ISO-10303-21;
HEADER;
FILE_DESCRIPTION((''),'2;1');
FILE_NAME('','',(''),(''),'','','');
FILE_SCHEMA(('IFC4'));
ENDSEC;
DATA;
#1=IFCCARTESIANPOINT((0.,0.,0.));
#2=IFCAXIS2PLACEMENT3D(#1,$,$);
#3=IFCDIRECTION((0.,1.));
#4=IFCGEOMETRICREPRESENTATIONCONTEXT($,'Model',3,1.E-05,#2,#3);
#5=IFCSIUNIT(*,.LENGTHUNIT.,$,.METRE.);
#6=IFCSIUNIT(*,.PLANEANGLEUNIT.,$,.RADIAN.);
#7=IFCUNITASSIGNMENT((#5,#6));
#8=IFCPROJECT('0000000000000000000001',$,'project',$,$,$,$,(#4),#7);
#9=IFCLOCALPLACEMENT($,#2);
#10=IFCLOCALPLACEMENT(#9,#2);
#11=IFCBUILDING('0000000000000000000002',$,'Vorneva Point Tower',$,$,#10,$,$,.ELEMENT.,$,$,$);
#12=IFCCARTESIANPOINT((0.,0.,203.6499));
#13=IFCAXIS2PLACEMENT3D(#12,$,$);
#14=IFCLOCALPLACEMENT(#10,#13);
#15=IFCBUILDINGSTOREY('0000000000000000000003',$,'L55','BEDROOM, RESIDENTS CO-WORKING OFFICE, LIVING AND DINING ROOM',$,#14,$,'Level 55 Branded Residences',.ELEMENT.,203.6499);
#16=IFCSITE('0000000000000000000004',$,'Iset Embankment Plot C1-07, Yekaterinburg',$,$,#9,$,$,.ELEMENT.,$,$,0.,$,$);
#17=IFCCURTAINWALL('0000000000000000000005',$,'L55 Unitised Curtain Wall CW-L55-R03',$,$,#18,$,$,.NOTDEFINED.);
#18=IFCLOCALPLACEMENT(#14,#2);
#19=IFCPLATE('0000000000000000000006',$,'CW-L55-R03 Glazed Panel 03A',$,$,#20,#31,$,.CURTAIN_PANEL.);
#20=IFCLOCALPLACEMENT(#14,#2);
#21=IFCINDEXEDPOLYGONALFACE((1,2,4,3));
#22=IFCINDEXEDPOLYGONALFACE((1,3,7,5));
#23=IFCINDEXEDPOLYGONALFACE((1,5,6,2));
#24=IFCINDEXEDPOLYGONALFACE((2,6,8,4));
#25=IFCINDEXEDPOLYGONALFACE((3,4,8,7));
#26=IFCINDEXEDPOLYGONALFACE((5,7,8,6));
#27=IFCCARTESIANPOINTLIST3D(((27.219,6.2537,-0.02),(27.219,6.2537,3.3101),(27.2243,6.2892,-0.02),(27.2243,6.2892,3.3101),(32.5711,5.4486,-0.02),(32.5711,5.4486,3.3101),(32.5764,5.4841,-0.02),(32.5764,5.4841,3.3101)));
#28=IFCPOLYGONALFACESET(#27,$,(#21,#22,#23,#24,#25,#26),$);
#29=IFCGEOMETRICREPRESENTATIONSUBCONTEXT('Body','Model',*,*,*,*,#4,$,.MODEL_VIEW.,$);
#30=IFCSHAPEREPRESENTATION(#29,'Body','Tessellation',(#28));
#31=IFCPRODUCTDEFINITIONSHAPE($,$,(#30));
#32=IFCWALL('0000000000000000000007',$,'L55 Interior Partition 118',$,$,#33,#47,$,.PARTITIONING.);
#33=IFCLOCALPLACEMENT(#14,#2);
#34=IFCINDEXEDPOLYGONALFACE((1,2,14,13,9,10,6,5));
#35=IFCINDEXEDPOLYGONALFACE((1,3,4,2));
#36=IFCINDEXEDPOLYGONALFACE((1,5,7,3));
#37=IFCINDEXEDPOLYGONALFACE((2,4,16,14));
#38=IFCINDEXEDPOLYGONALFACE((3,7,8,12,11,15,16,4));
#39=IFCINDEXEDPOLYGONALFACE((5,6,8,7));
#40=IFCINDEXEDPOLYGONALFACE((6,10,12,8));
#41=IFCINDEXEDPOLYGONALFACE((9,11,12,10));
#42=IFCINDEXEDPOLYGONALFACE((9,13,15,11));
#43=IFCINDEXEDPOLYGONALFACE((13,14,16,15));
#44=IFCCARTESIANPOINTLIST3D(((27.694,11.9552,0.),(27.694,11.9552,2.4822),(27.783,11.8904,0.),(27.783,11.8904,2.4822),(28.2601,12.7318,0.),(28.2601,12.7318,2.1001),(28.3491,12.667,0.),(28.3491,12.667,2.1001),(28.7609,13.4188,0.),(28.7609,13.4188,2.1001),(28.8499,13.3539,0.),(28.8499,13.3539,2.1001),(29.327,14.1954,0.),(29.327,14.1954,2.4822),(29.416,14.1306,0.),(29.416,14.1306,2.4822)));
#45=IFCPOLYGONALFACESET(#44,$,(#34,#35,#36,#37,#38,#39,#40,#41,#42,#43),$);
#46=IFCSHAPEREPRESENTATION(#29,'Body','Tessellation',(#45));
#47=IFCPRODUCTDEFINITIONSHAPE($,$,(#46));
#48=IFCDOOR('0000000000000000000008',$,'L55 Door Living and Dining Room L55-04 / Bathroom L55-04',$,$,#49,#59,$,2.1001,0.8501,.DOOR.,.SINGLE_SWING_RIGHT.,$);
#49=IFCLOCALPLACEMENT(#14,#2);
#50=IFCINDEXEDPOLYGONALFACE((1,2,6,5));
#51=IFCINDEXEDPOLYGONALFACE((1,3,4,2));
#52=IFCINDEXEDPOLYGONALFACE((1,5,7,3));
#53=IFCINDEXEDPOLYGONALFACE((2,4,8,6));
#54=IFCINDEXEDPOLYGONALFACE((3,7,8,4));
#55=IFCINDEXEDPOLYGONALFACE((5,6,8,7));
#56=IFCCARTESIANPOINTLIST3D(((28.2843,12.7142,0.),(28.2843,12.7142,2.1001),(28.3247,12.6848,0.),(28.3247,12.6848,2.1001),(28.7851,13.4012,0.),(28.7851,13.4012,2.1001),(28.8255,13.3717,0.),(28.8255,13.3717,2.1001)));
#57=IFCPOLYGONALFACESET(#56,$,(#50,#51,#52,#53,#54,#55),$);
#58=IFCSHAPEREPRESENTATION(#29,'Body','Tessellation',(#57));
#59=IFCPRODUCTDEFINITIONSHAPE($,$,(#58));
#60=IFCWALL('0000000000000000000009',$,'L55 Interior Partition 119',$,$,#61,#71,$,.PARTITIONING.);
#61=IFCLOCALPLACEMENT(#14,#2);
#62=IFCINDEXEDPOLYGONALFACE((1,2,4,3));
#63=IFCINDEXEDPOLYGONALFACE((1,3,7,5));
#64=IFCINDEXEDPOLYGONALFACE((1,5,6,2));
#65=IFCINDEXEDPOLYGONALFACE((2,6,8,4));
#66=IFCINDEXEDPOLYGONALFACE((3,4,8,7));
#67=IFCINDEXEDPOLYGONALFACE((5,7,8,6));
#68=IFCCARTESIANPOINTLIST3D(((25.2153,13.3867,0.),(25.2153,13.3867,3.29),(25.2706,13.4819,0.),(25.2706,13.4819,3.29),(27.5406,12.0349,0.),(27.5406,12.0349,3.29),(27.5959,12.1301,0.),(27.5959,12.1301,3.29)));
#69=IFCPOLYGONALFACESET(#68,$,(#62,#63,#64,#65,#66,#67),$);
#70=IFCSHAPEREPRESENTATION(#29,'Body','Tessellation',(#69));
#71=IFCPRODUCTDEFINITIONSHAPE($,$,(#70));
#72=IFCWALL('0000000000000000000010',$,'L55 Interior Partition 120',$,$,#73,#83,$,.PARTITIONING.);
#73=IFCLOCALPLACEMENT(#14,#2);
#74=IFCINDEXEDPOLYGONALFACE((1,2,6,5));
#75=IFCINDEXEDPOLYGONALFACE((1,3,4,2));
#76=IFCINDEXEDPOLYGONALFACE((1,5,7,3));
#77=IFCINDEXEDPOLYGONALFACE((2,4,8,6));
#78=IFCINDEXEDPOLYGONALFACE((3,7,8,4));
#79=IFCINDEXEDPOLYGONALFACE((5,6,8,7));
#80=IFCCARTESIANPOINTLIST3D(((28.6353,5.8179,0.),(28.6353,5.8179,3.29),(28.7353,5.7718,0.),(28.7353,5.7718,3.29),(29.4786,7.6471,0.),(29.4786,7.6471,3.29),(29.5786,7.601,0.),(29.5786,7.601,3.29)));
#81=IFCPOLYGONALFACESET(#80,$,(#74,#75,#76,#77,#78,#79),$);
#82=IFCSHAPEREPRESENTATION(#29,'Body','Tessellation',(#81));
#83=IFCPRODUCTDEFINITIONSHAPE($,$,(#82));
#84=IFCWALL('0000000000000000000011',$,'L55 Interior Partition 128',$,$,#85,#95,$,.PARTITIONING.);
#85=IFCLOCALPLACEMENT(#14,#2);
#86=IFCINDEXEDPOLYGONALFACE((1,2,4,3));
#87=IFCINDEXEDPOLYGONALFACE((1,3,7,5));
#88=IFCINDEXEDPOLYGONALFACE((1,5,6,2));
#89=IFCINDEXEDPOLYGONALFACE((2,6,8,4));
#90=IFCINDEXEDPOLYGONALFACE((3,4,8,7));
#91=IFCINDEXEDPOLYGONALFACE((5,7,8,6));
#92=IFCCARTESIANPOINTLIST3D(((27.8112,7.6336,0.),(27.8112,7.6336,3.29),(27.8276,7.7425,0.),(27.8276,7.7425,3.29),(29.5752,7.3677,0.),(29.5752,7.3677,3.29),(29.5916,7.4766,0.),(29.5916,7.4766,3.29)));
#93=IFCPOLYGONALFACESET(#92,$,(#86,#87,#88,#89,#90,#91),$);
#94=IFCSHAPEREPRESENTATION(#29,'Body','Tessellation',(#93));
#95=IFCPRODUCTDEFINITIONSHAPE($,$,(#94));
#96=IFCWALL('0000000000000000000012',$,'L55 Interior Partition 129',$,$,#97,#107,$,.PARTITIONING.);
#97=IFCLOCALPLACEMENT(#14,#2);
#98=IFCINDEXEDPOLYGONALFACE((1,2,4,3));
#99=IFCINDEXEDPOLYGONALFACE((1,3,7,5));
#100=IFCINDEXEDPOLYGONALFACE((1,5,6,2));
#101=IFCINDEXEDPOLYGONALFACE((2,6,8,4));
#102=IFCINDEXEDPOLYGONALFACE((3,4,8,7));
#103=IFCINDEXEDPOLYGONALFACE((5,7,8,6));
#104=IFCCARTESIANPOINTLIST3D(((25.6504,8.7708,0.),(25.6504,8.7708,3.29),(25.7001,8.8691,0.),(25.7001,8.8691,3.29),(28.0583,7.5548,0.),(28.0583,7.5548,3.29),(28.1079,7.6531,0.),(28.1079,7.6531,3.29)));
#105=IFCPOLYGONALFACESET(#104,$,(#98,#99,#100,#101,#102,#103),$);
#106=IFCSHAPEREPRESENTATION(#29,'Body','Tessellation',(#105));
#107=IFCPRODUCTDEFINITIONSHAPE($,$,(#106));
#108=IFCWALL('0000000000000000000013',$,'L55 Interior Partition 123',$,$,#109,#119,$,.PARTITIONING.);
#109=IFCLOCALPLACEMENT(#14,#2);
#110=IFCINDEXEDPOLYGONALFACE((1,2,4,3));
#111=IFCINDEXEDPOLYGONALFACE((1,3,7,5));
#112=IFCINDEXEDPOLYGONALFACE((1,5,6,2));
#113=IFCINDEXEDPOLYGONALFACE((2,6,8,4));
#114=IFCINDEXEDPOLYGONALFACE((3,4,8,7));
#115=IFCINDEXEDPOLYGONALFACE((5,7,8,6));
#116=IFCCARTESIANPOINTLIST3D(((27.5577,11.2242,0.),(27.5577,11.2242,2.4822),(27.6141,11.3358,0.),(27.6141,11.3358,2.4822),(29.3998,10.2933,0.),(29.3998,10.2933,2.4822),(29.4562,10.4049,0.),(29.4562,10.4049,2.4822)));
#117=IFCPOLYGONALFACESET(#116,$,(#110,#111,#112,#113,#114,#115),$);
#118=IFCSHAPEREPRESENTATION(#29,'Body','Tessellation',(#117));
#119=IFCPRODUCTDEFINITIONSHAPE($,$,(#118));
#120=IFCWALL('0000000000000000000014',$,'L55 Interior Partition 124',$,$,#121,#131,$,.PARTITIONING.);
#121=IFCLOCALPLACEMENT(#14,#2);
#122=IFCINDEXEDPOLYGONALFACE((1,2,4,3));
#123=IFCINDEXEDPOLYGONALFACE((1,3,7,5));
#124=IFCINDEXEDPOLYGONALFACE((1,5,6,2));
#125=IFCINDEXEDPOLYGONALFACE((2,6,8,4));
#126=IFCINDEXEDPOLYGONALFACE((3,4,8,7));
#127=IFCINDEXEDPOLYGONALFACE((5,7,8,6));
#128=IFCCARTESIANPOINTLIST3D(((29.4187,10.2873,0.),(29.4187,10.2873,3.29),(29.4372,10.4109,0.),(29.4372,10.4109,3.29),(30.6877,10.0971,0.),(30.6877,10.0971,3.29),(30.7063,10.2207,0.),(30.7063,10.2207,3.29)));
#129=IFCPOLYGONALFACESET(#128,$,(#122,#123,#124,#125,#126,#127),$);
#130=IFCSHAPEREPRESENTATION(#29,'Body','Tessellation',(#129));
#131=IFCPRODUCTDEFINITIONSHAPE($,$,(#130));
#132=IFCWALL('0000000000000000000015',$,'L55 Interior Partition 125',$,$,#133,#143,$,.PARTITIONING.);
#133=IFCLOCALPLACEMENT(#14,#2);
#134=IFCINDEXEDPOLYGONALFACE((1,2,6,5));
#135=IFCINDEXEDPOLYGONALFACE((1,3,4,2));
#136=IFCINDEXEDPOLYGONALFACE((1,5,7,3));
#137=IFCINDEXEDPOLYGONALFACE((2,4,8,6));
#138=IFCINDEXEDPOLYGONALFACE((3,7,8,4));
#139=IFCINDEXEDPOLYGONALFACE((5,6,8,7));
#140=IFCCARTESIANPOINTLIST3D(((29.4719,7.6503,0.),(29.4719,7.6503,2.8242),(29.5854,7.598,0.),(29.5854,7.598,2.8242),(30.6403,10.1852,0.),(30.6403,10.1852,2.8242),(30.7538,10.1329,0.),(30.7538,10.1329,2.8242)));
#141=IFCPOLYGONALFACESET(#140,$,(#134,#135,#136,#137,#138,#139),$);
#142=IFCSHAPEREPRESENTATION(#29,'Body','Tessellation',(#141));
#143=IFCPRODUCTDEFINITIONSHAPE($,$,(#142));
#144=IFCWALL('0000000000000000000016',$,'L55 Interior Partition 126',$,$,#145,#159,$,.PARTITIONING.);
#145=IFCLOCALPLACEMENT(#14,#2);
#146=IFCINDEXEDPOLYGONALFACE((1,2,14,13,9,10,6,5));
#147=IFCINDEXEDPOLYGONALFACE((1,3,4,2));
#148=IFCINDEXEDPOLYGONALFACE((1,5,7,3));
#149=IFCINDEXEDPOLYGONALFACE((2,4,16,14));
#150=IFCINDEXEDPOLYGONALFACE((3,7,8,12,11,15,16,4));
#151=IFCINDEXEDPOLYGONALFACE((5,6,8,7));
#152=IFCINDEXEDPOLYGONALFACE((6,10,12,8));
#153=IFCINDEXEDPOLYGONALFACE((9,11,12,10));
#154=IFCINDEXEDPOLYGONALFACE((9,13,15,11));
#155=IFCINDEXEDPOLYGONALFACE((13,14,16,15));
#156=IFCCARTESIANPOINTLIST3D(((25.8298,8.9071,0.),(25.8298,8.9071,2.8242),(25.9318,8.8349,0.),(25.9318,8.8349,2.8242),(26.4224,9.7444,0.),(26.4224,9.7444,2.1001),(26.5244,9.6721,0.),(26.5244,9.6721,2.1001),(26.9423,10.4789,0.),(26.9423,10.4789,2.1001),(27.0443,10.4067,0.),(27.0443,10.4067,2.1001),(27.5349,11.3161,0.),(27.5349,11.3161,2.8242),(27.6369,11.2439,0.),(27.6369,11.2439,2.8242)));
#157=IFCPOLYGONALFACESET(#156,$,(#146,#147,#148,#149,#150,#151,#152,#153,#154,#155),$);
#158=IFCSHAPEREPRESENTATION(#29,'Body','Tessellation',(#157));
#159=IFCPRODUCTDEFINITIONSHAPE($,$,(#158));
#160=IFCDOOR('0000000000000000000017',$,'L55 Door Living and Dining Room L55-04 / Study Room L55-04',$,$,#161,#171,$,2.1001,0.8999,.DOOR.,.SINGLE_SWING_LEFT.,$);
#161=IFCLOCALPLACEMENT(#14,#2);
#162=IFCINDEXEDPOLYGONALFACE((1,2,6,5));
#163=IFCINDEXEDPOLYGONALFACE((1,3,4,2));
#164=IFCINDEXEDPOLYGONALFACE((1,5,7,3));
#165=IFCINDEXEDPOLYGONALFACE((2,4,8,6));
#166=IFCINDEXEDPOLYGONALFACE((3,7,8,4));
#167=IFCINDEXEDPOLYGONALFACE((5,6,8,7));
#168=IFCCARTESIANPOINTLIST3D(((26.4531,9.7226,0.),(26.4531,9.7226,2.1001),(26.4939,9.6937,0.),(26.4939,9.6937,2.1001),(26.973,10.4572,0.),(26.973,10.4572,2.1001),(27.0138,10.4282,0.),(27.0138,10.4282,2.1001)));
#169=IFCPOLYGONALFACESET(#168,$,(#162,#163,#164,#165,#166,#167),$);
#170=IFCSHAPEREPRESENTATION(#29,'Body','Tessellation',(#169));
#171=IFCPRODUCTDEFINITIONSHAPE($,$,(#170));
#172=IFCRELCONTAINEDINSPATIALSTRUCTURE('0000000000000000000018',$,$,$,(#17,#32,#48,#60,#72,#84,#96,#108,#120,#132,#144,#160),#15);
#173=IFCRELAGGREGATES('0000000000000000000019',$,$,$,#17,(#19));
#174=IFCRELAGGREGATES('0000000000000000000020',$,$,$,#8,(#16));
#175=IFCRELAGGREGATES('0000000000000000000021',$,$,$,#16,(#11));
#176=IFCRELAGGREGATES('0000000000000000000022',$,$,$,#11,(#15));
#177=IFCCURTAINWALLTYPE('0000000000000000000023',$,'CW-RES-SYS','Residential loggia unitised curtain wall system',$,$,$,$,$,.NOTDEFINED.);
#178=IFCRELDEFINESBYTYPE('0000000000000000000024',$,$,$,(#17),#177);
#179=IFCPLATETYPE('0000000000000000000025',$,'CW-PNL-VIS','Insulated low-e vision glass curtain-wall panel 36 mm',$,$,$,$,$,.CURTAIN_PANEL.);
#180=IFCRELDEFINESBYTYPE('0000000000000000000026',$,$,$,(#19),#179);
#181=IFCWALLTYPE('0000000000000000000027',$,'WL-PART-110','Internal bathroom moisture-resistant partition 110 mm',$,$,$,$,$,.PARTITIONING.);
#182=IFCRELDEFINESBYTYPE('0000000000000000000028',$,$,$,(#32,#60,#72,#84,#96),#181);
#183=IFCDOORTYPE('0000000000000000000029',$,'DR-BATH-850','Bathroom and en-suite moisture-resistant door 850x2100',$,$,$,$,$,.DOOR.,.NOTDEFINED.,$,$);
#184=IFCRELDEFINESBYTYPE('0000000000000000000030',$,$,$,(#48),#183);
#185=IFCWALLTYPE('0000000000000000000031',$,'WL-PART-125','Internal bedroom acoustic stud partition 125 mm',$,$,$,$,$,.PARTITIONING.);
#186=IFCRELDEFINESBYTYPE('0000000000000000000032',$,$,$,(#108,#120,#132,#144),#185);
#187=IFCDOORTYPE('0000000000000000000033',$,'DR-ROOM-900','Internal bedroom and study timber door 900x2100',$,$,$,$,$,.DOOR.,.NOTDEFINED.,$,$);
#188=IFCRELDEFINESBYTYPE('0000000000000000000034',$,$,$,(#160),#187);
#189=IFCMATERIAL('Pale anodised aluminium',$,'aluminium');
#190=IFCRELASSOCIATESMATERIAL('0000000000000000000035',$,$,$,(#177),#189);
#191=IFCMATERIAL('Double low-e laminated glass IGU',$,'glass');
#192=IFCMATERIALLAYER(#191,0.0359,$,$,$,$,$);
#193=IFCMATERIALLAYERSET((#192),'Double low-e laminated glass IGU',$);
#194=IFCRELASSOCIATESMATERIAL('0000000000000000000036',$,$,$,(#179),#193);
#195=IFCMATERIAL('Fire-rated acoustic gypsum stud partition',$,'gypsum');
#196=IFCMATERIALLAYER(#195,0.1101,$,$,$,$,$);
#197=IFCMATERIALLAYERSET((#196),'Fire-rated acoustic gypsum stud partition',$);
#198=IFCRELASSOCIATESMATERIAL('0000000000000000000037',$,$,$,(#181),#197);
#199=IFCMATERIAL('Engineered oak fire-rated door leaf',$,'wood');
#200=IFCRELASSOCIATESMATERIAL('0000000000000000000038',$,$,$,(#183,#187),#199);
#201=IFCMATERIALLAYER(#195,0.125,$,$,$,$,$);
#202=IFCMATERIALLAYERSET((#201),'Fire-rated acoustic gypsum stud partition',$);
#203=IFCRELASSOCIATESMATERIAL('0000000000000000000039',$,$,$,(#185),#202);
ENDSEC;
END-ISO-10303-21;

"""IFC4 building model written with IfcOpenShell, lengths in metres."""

from ifc_helpers import new_model, si_unit, direction, frame, frame_2d, origin, origin_2d, place, context, subcontext, project, spatial, rectangle, extrude, material, layer, layer_set, type_object, element, fill, aggregate, save


model = new_model("IFC4")

# Units and contexts
model_context = context("Model", 3, precision=1e-05, world=origin(), true_north=direction((0.0, 1.0)))
body_context = subcontext(model_context, "Body", "Model", "MODEL_VIEW")
ifc_project = project(units=[si_unit("LENGTHUNIT", "METRE"), si_unit("PLANEANGLEUNIT", "RADIAN")], contexts=[model_context])

# Site, building, storey
site_placement = place(None, origin())
site = spatial("IfcSite", under=ifc_project, at=site_placement, Name="Iset Embankment Plot C1-07, Yekaterinburg", CompositionType="ELEMENT", RefElevation=0.0)
building_placement = place(site_placement, origin())
building = spatial("IfcBuilding", under=site, at=building_placement, Name="Vorneva Point Tower", CompositionType="ELEMENT")
storey_placement = place(building_placement, frame((0.0, 0.0, 203.6499)))
storey = spatial("IfcBuildingStorey", under=building, at=storey_placement, Name="L55", Description="BEDROOM, RESIDENTS CO-WORKING OFFICE, LIVING AND DINING ROOM", LongName="Level 55 Branded Residences", CompositionType="ELEMENT", Elevation=203.6499)

# Curtain wall, plate
ifc_material_1 = material(Name="Pale anodised aluminium", Category="aluminium")
curtain_wall_type = type_object("IfcCurtainWallType", Name="CW-RES-SYS", Description="Residential loggia unitised curtain wall system", PredefinedType="NOTDEFINED", material=ifc_material_1)
curtain_wall_placement = place(storey_placement, origin())
curtain_wall = element("IfcCurtainWall", 1, at=curtain_wall_placement, inside=storey, type_object=curtain_wall_type, Name="L55 Unitised Curtain Wall CW-L55-R03", PredefinedType="NOTDEFINED")
ifc_material_2 = material(Name="Double low-e laminated glass IGU", Category="glass")
ifc_layer_1 = layer(ifc_material_2, 0.0359)
ifc_layer_set_1 = layer_set([ifc_layer_1], Name="Double low-e laminated glass IGU")
plate_type = type_object("IfcPlateType", Name="CW-PNL-VIS", Description="Insulated low-e vision glass curtain-wall panel 36 mm", PredefinedType="CURTAIN_PANEL", material=ifc_layer_set_1)
plate_placement = place(storey_placement, frame((29.8977, 5.8689, -0.02), z_axis=(0.0, 0.0, 1.0), x_axis=(0.988874, -0.148759, 0.0)))
plate = element("IfcPlate", 2, at=plate_placement, type_object=plate_type, Name="CW-L55-R03 Glazed Panel 03A", PredefinedType="CURTAIN_PANEL", context=body_context, shape_type="SweptSolid", body=[
    extrude(rectangle(XDim=5.4124, YDim=0.0359, at=origin_2d()), origin(), (0.0, 0.0, 1.0), 3.3301),
])
aggregate(curtain_wall, [plate])

# Wall, opening, door
ifc_material_3 = material(Name="Fire-rated acoustic gypsum stud partition", Category="gypsum")
ifc_layer_2 = layer(ifc_material_3, 0.1101)
ifc_layer_set_2 = layer_set([ifc_layer_2], Name="Fire-rated acoustic gypsum stud partition")
wall_type_1 = type_object("IfcWallType", Name="WL-PART-110", Description="Internal bathroom moisture-resistant partition 110 mm", PredefinedType="PARTITIONING", material=ifc_layer_set_2)
wall_1_placement = place(storey_placement, frame((29.3716, 14.1631, 0.0), z_axis=(0.0, 0.0, 1.0), x_axis=(-0.589067, -0.808084, 0.0)))
wall_1 = element("IfcWall", 3, at=wall_1_placement, inside=storey, type_object=wall_type_1, Name="L55 Interior Partition 118", PredefinedType="PARTITIONING", context=body_context, shape_type="SweptSolid", body=[
    extrude(rectangle(XDim=2.7722, YDim=0.1101, at=frame_2d((1.3862, 0.0))), origin(), (0.0, 0.0, 1.0), 2.4822),
])
opening_1_placement = place(wall_1_placement, frame((0.9612, 0.0, 0.0)))
opening_1 = element("IfcOpeningElement", 4, at=opening_1_placement, cuts=wall_1, PredefinedType="OPENING", context=body_context, shape_type="SweptSolid", body=[
    extrude(rectangle(XDim=0.8501, YDim=2.1001, at=frame_2d((0.425, 1.05))), frame((0.0, 0.0698, 0.0), z_axis=(0.0, -1.0, 0.0), x_axis=(1.0, 0.0, 0.0)), (0.0, 0.0, 1.0), 0.1399),
])
ifc_material_4 = material(Name="Engineered oak fire-rated door leaf", Category="wood")
door_type_1 = type_object("IfcDoorType", Name="DR-BATH-850", Description="Bathroom and en-suite moisture-resistant door 850x2100", OperationType="NOTDEFINED", PredefinedType="DOOR", material=ifc_material_4)
door_1_placement = place(opening_1_placement, origin())
door_1 = element("IfcDoor", 5, at=door_1_placement, inside=storey, type_object=door_type_1, Name="L55 Door Living and Dining Room L55-04 / Bathroom L55-04", OperationType="SINGLE_SWING_RIGHT", OverallHeight=2.1001, OverallWidth=0.8501, PredefinedType="DOOR", context=body_context, shape_type="SweptSolid", body=[
    extrude(rectangle(XDim=0.8501, YDim=2.1001, at=frame_2d((0.425, 1.05))), frame((0.0, 0.0249, 0.0), z_axis=(0.0, -1.0, 0.0), x_axis=(1.0, 0.0, 0.0)), (0.0, 0.0, 1.0), 0.05),
])
fill(opening_1, door_1)

# Walls
wall_2_placement = place(storey_placement, frame((27.5681, 12.0825, 0.0), z_axis=(0.0, 0.0, 1.0), x_axis=(-0.864515, 0.502606, 0.0)))
element("IfcWall", 6, at=wall_2_placement, inside=storey, type_object=wall_type_1, Name="L55 Interior Partition 119", PredefinedType="PARTITIONING", context=body_context, shape_type="SweptSolid", body=[
    extrude(rectangle(XDim=2.6897, YDim=0.1101, at=frame_2d((1.3447, 0.0))), origin(), (0.0, 0.0, 1.0), 3.29),
])
wall_3_placement = place(storey_placement, frame((29.5286, 7.624, 0.0), z_axis=(0.0, 0.0, 1.0), x_axis=(-0.418674, -0.908137, 0.0)))
element("IfcWall", 7, at=wall_3_placement, inside=storey, type_object=wall_type_1, Name="L55 Interior Partition 120", PredefinedType="PARTITIONING", context=body_context, shape_type="SweptSolid", body=[
    extrude(rectangle(XDim=2.0142, YDim=0.1101, at=frame_2d((1.0071, 0.0))), origin(), (0.0, 0.0, 1.0), 3.29),
])
wall_4_placement = place(storey_placement, frame((29.5835, 7.4221, 0.0), z_axis=(0.0, 0.0, 1.0), x_axis=(-0.988831, 0.149043, 0.0)))
element("IfcWall", 8, at=wall_4_placement, inside=storey, type_object=wall_type_1, Name="L55 Interior Partition 128", PredefinedType="PARTITIONING", context=body_context, shape_type="SweptSolid", body=[
    extrude(rectangle(XDim=1.7839, YDim=0.1101, at=frame_2d((0.8921, 0.0))), origin(), (0.0, 0.0, 1.0), 3.29),
])
wall_5_placement = place(storey_placement, frame((28.083, 7.604, 0.0), z_axis=(0.0, 0.0, 1.0), x_axis=(-0.892628, 0.450794, 0.0)))
element("IfcWall", 9, at=wall_5_placement, inside=storey, type_object=wall_type_1, Name="L55 Interior Partition 129", PredefinedType="PARTITIONING", context=body_context, shape_type="SweptSolid", body=[
    extrude(rectangle(XDim=2.6975, YDim=0.1101, at=frame_2d((1.3486, 0.0))), origin(), (0.0, 0.0, 1.0), 3.29),
])
ifc_layer_3 = layer(ifc_material_3, 0.125)
ifc_layer_set_3 = layer_set([ifc_layer_3], Name="Fire-rated acoustic gypsum stud partition")
wall_type_2 = type_object("IfcWallType", Name="WL-PART-125", Description="Internal bedroom acoustic stud partition 125 mm", PredefinedType="PARTITIONING", material=ifc_layer_set_3)
wall_6_placement = place(storey_placement, frame((27.5859, 11.28, 0.0), z_axis=(0.0, 0.0, 1.0), x_axis=(0.892503, -0.451042, 0.0)))
element("IfcWall", 10, at=wall_6_placement, inside=storey, type_object=wall_type_2, Name="L55 Interior Partition 123", PredefinedType="PARTITIONING", context=body_context, shape_type="SweptSolid", body=[
    extrude(rectangle(XDim=2.064, YDim=0.125, at=frame_2d((1.032, 0.0))), origin(), (0.0, 0.0, 1.0), 2.4822),
])
wall_7_placement = place(storey_placement, frame((29.428, 10.3491, 0.0), z_axis=(0.0, 0.0, 1.0), x_axis=(0.988956, -0.14821, 0.0)))
element("IfcWall", 11, at=wall_7_placement, inside=storey, type_object=wall_type_2, Name="L55 Interior Partition 124", PredefinedType="PARTITIONING", context=body_context, shape_type="SweptSolid", body=[
    extrude(rectangle(XDim=1.2832, YDim=0.125, at=frame_2d((0.6416, 0.0))), origin(), (0.0, 0.0, 1.0), 3.29),
])
wall_8_placement = place(storey_placement, frame((30.697, 10.1589, 0.0), z_axis=(0.0, 0.0, 1.0), x_axis=(-0.418614, -0.908164, 0.0)))
element("IfcWall", 12, at=wall_8_placement, inside=storey, type_object=wall_type_2, Name="L55 Interior Partition 125", PredefinedType="PARTITIONING", context=body_context, shape_type="SweptSolid", body=[
    extrude(rectangle(XDim=2.7913, YDim=0.125, at=frame_2d((1.3955, 0.0))), origin(), (0.0, 0.0, 1.0), 2.8242),
])

# Wall, opening, door
wall_9_placement = place(storey_placement, frame((25.8809, 8.8711, 0.0), z_axis=(0.0, 0.0, 1.0), x_axis=(0.577735, 0.816224, 0.0)))
wall_9 = element("IfcWall", 13, at=wall_9_placement, inside=storey, type_object=wall_type_2, Name="L55 Interior Partition 126", PredefinedType="PARTITIONING", context=body_context, shape_type="SweptSolid", body=[
    extrude(rectangle(XDim=2.9514, YDim=0.125, at=frame_2d((1.4756, 0.0))), origin(), (0.0, 0.0, 1.0), 2.8242),
])
opening_2_placement = place(wall_9_placement, frame((1.0256, 0.0, 0.0)))
opening_2 = element("IfcOpeningElement", 14, at=opening_2_placement, cuts=wall_9, PredefinedType="OPENING", context=body_context, shape_type="SweptSolid", body=[
    extrude(rectangle(XDim=0.8999, YDim=2.1001, at=frame_2d((0.45, 1.05))), frame((0.0, 0.0774, 0.0), z_axis=(0.0, -1.0, 0.0), x_axis=(1.0, 0.0, 0.0)), (0.0, 0.0, 1.0), 0.1548),
])
door_type_2 = type_object("IfcDoorType", Name="DR-ROOM-900", Description="Internal bedroom and study timber door 900x2100", OperationType="NOTDEFINED", PredefinedType="DOOR", material=ifc_material_4)
door_2_placement = place(opening_2_placement, origin())
door_2 = element("IfcDoor", 15, at=door_2_placement, inside=storey, type_object=door_type_2, Name="L55 Door Living and Dining Room L55-04 / Study Room L55-04", OperationType="SINGLE_SWING_LEFT", OverallHeight=2.1001, OverallWidth=0.8999, PredefinedType="DOOR", context=body_context, shape_type="SweptSolid", body=[
    extrude(rectangle(XDim=0.8999, YDim=2.1001, at=frame_2d((0.45, 1.05))), frame((0.0, 0.0249, 0.0), z_axis=(0.0, -1.0, 0.0), x_axis=(1.0, 0.0, 0.0)), (0.0, 0.0, 1.0), 0.05),
])
fill(opening_2, door_2)

save(model, "model.ifc")
